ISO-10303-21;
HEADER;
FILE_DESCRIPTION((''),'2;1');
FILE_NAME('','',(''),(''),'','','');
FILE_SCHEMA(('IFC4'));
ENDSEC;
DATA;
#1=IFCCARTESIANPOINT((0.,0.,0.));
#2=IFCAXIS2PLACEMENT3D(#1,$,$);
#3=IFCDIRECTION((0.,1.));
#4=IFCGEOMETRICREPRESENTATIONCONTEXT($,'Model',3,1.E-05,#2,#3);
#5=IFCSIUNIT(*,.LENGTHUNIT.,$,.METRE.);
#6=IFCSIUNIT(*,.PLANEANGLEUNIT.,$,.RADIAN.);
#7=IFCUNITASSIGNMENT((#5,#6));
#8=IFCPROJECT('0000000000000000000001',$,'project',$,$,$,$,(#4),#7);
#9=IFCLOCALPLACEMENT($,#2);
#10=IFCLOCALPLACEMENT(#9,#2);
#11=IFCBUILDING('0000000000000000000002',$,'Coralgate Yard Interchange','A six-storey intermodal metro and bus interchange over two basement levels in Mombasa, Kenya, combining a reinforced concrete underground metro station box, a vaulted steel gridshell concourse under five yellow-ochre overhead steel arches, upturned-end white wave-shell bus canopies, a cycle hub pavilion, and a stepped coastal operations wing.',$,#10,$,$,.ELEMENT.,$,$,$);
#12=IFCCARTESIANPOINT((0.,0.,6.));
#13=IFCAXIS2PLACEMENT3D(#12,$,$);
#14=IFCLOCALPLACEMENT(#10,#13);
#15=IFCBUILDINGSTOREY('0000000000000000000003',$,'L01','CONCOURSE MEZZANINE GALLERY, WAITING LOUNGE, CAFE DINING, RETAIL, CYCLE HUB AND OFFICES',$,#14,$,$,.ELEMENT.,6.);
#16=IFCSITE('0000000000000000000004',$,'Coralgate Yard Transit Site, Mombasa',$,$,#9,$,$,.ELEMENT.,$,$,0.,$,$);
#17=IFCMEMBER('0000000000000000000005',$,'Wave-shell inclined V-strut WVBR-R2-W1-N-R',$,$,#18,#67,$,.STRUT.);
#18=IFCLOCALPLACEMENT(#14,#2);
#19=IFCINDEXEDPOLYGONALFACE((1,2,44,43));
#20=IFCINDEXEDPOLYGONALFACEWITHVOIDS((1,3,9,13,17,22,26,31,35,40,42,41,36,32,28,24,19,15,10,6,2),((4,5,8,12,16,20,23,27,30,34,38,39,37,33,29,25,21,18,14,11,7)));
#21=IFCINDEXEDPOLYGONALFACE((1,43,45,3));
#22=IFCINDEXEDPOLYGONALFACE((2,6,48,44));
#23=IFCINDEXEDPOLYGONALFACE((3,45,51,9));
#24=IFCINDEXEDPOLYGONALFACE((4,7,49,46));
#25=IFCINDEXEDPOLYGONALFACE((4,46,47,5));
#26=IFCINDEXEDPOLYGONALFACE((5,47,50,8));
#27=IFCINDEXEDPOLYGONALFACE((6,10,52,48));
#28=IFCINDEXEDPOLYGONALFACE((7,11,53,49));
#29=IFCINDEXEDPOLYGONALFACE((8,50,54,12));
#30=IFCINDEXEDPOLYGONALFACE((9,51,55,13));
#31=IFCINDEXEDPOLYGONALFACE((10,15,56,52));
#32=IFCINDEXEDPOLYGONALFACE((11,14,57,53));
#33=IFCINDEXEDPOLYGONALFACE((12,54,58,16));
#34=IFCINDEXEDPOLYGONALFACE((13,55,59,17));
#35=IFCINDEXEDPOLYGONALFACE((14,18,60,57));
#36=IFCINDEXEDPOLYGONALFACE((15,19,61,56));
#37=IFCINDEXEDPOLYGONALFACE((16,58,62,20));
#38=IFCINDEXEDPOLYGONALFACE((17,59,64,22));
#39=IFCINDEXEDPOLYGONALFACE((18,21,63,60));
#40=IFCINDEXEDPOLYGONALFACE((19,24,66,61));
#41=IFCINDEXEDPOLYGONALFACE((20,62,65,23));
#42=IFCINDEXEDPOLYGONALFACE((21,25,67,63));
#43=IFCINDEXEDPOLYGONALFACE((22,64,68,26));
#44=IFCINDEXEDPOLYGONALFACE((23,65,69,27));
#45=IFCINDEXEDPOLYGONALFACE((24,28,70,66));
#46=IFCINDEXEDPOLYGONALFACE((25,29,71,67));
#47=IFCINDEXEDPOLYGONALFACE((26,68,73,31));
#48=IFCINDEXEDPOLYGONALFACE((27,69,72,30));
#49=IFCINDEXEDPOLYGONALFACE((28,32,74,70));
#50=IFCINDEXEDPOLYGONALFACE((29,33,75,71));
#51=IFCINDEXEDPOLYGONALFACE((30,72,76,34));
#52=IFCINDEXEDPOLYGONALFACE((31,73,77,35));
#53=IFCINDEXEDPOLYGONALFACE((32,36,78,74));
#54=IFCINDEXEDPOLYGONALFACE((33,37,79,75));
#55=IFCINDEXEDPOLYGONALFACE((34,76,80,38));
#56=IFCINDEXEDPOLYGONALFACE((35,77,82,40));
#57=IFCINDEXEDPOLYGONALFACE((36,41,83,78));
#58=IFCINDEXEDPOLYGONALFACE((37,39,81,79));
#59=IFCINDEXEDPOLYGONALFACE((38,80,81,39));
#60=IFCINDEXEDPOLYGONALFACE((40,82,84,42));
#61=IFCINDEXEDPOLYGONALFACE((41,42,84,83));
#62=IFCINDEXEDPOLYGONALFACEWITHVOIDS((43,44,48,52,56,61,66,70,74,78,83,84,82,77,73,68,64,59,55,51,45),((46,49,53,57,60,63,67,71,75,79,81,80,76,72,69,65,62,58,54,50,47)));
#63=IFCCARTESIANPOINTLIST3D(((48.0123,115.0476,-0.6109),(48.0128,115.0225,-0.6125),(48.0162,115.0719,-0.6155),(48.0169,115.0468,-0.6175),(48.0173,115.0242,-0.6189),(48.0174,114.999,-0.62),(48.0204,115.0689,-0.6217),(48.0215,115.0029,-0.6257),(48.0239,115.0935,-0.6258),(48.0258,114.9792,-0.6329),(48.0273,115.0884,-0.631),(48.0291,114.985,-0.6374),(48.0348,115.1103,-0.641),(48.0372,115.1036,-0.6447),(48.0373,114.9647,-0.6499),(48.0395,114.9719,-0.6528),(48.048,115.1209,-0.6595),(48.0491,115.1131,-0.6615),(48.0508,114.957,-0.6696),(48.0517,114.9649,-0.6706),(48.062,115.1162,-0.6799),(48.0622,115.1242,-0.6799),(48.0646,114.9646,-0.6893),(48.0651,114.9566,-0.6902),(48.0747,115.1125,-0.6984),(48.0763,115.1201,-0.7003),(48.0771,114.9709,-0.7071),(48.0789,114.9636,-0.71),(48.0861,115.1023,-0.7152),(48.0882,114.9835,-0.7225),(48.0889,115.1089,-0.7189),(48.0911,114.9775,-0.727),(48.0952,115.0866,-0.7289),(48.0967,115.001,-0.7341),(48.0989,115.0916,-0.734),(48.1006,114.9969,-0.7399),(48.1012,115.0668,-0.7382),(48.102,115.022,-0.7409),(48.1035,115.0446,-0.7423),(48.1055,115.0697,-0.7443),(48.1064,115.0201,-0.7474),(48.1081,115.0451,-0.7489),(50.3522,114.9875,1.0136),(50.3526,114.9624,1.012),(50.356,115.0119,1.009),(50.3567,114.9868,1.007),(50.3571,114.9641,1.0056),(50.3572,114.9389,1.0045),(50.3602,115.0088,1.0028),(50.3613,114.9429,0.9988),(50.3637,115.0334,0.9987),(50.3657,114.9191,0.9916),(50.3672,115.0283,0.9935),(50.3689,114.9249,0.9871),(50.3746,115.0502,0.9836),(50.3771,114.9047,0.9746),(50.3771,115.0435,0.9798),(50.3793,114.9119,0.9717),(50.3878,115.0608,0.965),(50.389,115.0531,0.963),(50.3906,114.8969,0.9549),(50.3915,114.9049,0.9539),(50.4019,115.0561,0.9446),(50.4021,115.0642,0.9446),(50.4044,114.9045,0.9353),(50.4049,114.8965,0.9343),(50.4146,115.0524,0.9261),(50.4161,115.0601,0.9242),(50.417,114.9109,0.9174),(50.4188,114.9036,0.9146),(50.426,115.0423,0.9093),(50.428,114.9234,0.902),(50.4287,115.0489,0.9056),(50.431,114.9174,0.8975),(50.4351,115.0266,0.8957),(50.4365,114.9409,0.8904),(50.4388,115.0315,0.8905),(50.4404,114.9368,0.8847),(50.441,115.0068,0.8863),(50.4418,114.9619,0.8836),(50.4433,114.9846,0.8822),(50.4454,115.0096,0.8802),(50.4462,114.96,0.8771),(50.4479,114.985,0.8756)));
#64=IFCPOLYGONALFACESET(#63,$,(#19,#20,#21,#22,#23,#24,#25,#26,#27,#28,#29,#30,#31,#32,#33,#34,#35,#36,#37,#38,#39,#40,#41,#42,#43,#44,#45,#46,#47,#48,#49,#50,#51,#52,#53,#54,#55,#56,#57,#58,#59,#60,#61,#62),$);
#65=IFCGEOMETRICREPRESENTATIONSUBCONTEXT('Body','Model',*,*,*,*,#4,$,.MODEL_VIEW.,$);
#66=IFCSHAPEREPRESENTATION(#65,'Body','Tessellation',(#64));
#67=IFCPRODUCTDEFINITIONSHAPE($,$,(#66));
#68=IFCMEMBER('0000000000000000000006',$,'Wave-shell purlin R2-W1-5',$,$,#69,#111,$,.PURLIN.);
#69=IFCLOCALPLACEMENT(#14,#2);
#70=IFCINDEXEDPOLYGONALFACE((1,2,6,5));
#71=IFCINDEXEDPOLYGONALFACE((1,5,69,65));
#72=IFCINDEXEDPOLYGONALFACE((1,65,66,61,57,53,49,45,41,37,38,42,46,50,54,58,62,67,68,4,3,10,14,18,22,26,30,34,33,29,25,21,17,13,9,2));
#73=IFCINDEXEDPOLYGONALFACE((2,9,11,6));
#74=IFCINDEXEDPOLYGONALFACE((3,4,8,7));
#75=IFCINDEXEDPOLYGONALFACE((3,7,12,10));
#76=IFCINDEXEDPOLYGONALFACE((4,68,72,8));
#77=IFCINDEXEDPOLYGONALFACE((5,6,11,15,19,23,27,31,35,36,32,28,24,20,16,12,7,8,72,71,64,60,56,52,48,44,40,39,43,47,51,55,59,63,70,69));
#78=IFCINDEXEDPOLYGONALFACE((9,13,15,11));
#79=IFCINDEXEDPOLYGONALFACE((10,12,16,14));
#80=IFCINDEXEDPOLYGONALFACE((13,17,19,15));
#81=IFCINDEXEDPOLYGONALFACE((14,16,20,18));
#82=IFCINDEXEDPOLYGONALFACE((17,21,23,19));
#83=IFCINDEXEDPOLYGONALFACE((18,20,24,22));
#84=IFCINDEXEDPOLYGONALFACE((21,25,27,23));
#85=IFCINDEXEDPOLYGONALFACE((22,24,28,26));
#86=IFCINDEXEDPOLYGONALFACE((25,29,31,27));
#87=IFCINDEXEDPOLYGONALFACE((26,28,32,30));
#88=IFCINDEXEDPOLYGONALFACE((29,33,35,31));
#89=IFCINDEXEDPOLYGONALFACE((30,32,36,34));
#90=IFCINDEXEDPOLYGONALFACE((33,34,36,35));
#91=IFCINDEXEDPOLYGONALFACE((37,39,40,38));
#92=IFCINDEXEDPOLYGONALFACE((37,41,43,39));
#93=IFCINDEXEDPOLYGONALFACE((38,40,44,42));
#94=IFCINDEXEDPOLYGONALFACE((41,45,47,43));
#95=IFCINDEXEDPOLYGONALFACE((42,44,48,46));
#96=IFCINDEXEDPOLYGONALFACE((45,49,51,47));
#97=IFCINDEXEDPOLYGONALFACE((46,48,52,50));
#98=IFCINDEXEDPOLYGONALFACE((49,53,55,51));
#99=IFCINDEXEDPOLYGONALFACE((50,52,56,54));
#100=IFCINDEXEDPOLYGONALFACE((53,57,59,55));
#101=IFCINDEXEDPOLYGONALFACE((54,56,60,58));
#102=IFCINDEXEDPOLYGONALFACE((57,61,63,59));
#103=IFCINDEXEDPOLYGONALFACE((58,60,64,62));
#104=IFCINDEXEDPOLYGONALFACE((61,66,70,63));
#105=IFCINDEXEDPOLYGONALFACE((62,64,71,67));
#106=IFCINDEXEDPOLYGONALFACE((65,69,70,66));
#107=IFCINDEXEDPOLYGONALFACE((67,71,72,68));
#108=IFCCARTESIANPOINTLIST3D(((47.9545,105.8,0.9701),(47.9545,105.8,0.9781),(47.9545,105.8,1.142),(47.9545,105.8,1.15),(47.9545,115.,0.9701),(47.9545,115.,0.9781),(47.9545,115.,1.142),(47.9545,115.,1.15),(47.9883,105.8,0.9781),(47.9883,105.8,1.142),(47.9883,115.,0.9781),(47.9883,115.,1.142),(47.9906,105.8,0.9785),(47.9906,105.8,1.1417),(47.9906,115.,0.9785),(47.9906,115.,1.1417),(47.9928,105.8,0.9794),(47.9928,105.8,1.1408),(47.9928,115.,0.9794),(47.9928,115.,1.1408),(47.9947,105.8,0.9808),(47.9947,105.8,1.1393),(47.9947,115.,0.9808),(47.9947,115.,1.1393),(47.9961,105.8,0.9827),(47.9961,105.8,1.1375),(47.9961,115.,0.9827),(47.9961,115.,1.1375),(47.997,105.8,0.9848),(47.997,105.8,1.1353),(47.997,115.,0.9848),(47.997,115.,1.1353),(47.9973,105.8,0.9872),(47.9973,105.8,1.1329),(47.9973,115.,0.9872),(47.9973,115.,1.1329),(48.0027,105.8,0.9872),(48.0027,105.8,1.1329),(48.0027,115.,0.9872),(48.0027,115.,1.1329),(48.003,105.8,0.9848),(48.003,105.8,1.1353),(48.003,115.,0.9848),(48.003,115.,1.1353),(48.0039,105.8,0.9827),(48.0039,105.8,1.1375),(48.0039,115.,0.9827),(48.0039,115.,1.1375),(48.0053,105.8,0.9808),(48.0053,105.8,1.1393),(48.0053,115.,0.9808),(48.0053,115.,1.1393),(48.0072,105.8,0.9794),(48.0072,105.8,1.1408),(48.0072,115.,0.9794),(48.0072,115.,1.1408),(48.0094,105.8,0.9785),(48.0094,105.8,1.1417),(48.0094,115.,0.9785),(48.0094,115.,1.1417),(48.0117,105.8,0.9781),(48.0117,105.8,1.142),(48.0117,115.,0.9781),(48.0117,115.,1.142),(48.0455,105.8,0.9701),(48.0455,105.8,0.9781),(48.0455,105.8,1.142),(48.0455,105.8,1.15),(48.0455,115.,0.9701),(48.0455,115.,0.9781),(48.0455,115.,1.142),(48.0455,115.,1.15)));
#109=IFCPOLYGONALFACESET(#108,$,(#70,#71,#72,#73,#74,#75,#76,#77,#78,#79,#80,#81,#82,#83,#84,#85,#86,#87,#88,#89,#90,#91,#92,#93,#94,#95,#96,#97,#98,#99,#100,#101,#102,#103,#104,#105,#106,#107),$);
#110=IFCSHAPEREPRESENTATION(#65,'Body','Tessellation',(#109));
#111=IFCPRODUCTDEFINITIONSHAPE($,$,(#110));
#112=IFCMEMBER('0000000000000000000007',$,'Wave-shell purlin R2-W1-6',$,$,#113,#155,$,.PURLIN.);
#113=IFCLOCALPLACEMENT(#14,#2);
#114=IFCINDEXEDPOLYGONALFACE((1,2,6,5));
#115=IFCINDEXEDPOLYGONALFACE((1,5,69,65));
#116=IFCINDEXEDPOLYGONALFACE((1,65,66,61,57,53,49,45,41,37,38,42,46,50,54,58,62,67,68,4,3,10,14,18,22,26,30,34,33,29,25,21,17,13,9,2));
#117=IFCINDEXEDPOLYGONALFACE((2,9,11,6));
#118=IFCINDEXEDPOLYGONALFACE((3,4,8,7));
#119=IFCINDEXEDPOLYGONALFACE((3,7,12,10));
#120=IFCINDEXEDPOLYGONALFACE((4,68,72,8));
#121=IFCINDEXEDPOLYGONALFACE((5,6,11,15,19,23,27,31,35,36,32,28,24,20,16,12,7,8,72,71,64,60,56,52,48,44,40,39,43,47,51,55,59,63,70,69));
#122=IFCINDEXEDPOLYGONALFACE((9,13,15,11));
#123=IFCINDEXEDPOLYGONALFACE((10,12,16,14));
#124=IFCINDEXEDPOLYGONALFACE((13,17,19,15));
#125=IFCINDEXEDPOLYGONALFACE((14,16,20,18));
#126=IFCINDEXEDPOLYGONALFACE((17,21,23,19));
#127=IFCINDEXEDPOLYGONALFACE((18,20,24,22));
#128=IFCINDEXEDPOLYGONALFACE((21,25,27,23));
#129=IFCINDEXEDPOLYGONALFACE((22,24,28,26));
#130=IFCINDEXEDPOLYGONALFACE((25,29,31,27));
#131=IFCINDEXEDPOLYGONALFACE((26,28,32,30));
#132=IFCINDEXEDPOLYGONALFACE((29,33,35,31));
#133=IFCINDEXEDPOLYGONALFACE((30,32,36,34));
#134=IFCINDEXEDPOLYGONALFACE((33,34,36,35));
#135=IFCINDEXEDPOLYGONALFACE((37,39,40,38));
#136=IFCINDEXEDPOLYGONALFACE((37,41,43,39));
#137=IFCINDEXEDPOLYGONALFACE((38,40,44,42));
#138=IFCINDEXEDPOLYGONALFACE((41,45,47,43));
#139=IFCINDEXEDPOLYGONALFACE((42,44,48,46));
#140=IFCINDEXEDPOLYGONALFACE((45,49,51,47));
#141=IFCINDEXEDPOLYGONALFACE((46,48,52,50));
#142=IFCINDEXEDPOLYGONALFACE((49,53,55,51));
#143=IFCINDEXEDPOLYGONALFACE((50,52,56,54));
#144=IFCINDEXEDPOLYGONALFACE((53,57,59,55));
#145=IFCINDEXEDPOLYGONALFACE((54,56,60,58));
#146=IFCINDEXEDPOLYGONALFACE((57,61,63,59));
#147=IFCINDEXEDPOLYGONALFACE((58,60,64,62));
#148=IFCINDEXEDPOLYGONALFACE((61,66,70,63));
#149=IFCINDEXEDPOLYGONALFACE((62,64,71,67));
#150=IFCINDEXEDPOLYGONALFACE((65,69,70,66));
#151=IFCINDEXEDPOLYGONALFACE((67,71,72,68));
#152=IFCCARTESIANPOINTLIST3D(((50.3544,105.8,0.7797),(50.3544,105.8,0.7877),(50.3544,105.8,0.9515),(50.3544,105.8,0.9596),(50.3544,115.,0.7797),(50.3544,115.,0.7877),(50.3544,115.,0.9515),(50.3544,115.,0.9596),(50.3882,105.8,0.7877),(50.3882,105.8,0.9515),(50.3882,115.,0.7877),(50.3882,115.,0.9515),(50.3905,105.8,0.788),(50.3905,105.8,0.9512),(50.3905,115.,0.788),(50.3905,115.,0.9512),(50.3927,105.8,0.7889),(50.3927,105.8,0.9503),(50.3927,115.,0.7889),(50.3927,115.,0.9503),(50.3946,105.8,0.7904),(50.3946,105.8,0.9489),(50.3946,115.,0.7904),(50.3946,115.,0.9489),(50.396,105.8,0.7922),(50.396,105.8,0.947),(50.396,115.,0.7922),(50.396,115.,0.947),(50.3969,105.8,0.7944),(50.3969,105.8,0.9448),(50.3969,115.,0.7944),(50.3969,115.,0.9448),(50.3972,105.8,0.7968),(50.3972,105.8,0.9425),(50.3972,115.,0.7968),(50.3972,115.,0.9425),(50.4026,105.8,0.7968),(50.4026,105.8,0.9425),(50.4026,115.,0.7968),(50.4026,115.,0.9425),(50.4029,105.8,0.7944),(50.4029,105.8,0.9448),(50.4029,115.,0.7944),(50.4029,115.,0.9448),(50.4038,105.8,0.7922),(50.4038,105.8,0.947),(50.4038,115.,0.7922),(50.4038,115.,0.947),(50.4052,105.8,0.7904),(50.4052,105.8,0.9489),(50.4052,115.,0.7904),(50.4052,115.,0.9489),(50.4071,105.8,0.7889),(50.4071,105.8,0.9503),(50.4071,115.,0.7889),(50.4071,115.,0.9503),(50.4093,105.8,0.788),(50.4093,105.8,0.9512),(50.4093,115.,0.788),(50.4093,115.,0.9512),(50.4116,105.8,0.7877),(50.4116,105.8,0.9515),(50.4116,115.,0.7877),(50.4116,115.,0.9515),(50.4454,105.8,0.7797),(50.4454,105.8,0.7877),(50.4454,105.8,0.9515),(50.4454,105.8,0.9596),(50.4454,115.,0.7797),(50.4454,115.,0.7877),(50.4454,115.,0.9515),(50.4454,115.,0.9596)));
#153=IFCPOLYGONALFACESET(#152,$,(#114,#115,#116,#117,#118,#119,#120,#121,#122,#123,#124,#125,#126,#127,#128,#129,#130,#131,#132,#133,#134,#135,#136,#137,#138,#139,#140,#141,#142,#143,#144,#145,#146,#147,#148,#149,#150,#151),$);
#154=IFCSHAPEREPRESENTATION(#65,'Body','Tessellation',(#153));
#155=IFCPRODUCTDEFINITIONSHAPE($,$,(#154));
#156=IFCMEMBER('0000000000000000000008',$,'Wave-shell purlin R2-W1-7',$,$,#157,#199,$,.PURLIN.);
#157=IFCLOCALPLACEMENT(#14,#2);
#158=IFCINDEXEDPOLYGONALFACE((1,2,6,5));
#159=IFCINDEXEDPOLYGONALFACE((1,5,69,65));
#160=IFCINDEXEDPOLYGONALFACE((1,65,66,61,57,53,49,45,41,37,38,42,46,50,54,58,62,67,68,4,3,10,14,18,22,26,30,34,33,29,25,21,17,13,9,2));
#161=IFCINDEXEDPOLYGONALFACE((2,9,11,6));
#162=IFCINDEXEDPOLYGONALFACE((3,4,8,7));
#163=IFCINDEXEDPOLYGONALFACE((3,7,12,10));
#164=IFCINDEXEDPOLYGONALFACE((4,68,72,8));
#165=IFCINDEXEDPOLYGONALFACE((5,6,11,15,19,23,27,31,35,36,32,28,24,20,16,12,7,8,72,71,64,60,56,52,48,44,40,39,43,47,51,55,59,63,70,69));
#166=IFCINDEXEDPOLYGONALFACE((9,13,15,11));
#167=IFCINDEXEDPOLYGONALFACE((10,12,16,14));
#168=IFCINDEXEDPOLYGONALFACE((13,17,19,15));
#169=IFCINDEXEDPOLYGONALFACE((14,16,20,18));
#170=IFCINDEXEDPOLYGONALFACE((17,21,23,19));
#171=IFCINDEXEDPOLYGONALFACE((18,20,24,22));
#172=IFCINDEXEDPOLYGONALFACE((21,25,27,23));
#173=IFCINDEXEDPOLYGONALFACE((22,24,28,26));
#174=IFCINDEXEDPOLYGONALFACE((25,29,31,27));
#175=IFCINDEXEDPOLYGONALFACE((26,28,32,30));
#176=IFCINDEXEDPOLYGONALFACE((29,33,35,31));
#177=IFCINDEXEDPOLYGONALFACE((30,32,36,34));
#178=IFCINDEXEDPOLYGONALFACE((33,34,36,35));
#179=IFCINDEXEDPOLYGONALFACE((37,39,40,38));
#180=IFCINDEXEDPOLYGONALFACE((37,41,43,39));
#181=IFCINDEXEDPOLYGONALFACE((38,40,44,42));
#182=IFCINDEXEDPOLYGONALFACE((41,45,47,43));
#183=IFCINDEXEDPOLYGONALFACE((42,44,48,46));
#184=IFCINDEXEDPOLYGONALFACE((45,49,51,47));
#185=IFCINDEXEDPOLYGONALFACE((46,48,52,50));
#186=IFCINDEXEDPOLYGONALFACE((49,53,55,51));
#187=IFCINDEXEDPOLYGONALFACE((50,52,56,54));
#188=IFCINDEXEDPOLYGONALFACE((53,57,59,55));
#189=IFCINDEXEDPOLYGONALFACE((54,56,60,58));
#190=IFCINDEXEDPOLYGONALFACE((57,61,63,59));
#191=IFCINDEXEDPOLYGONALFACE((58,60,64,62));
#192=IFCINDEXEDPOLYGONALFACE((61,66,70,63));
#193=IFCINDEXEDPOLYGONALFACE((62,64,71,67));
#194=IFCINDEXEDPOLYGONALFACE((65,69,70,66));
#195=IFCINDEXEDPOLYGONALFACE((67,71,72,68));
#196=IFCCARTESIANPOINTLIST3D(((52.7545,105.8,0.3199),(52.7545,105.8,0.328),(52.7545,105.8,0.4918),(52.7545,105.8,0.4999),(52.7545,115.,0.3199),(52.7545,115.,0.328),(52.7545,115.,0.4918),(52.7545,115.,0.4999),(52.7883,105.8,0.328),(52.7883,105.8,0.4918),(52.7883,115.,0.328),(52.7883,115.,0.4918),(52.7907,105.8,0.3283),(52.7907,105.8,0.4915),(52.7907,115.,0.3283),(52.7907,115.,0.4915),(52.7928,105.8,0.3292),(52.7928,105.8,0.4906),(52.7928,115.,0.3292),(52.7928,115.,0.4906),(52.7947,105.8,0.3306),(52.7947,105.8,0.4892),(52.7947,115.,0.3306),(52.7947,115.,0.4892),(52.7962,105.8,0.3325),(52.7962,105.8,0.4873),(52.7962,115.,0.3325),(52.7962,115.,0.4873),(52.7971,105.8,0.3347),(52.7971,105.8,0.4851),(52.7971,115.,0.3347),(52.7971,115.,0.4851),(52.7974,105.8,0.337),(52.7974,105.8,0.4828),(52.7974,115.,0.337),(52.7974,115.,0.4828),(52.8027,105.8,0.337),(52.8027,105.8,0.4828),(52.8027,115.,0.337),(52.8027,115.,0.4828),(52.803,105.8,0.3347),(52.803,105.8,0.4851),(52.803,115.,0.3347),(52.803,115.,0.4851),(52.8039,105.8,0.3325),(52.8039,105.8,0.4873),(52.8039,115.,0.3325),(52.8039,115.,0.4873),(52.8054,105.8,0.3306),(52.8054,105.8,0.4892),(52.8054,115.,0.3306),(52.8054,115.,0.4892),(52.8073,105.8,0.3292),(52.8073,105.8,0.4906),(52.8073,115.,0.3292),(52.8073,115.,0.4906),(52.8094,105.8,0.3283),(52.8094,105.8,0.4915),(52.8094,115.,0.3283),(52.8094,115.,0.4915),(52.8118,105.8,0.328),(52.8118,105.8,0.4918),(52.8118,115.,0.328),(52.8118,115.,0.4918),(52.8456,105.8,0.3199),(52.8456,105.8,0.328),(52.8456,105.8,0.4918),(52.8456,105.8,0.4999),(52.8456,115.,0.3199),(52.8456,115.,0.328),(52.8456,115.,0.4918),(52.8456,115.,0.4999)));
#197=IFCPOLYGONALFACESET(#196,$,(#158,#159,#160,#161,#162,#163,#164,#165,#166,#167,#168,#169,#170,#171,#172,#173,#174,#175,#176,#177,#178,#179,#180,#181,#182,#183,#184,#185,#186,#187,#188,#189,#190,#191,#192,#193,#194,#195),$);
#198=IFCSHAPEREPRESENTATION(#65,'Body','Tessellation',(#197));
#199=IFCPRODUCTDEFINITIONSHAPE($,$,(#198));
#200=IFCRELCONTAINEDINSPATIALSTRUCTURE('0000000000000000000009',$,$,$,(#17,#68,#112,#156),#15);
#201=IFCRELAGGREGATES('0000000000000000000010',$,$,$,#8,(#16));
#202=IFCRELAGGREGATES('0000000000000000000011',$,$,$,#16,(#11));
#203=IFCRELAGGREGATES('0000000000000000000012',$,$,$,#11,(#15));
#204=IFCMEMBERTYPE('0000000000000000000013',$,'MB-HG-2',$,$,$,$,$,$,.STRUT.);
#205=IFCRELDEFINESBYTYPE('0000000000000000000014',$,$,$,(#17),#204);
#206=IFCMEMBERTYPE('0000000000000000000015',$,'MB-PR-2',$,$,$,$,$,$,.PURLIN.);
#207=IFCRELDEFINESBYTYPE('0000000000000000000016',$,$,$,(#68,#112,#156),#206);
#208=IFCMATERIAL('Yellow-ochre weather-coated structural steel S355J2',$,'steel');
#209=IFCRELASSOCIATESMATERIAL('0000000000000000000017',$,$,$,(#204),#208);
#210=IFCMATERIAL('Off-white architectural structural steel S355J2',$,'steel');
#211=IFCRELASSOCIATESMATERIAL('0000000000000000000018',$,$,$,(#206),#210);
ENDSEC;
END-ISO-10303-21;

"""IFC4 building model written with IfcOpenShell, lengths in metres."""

from ifc_helpers import new_model, si_unit, direction, frame, origin, origin_2d, place, context, subcontext, project, spatial, hollow_circle, i_section, extrude, material, material_profile, profile_set, type_object, element, save


model = new_model("IFC4")

# Units and contexts
model_context = context("Model", 3, precision=1e-05, world=origin(), true_north=direction((0.0, 1.0)))
body_context = subcontext(model_context, "Body", "Model", "MODEL_VIEW")
ifc_project = project(units=[si_unit("LENGTHUNIT", "METRE"), si_unit("PLANEANGLEUNIT", "RADIAN")], contexts=[model_context])

# Site, building, storey
site_placement = place(None, origin())
site = spatial("IfcSite", under=ifc_project, at=site_placement, Name="Coralgate Yard Transit Site, Mombasa", CompositionType="ELEMENT", RefElevation=0.0)
building_placement = place(site_placement, origin())
building = spatial("IfcBuilding", under=site, at=building_placement, Name="Coralgate Yard Interchange", Description="A six-storey intermodal metro and bus interchange over two basement levels in Mombasa, Kenya, combining a reinforced concrete underground metro station box, a vaulted steel gridshell concourse under five yellow-ochre overhead steel arches, upturned-end white wave-shell bus canopies, a cycle hub pavilion, and a stepped coastal operations wing.", CompositionType="ELEMENT")
storey_placement = place(building_placement, frame((0.0, 0.0, 6.0)))
storey = spatial("IfcBuildingStorey", under=building, at=storey_placement, Name="L01", Description="CONCOURSE MEZZANINE GALLERY, WAITING LOUNGE, CAFE DINING, RETAIL, CYCLE HUB AND OFFICES", CompositionType="ELEMENT", Elevation=6.0)

# Shared definitions
ifc_material_1 = material(Name="Off-white architectural structural steel S355J2", Category="steel")

# Members
ifc_material_2 = material(Name="Yellow-ochre weather-coated structural steel S355J2", Category="steel")
ifc_material_profile_1 = material_profile(ifc_material_2, hollow_circle(Radius=0.0842, WallThickness=0.0081, at=origin_2d()), Name="CHS 168.3x8")
ifc_profile_set_1 = profile_set([ifc_material_profile_1], Name="Yellow-ochre weather-coated structural steel S355J2")
member_type_1 = type_object("IfcMemberType", Name="MB-HG-2", PredefinedType="STRUT", material=ifc_profile_set_1)
member_1_placement = place(storey_placement, frame((48.0601, 115.04, -0.6799), z_axis=(0.82125, -0.02108, 0.570179), x_axis=(0.025659, 0.999671, 0.0)))
element("IfcMember", 1, at=member_1_placement, inside=storey, type_object=member_type_1, Name="Wave-shell inclined V-strut WVBR-R2-W1-N-R", PredefinedType="STRUT", context=body_context, shape_type="SweptSolid", body=[
    extrude(hollow_circle(Radius=0.0842, WallThickness=0.0081, at=origin_2d()), origin(), (0.0, 0.0, 1.0), 2.8491),
])
ifc_material_profile_2 = material_profile(ifc_material_1, i_section(OverallWidth=0.0911, OverallDepth=0.1799, WebThickness=0.0054, FlangeThickness=0.0081, FilletRadius=0.009, at=origin_2d()), Name="IPE 180")
ifc_profile_set_2 = profile_set([ifc_material_profile_2], Name="Off-white architectural structural steel S355J2")
member_type_2 = type_object("IfcMemberType", Name="MB-PR-2", PredefinedType="PURLIN", material=ifc_profile_set_2)
for number, where, z_axis, x_axis, name in (
    (2, (48.0, 105.8, 1.0601), (0.0, 1.0, 0.0), (-1.0, 0.0, 0.0), "Wave-shell purlin R2-W1-5"),
    (3, (50.3999, 105.8, 0.8696), (0.0, 1.0, 0.0), (-1.0, 0.0, 0.0), "Wave-shell purlin R2-W1-6"),
    (4, (52.8, 105.8, 0.4099), (0.0, 1.0, 0.0), (-1.0, 0.0, 0.0), "Wave-shell purlin R2-W1-7"),
):
    element("IfcMember", number, at=place(storey_placement, frame(where, z_axis=z_axis, x_axis=x_axis)), inside=storey, type_object=member_type_2, Name=name, PredefinedType="PURLIN", context=body_context, shape_type="SweptSolid", body=[
        extrude(i_section(OverallWidth=0.0911, OverallDepth=0.1799, WebThickness=0.0054, FlangeThickness=0.0081, FilletRadius=0.009, at=origin_2d()), origin(), (0.0, 0.0, 1.0), 9.2),
    ])

save(model, "model.ifc")
